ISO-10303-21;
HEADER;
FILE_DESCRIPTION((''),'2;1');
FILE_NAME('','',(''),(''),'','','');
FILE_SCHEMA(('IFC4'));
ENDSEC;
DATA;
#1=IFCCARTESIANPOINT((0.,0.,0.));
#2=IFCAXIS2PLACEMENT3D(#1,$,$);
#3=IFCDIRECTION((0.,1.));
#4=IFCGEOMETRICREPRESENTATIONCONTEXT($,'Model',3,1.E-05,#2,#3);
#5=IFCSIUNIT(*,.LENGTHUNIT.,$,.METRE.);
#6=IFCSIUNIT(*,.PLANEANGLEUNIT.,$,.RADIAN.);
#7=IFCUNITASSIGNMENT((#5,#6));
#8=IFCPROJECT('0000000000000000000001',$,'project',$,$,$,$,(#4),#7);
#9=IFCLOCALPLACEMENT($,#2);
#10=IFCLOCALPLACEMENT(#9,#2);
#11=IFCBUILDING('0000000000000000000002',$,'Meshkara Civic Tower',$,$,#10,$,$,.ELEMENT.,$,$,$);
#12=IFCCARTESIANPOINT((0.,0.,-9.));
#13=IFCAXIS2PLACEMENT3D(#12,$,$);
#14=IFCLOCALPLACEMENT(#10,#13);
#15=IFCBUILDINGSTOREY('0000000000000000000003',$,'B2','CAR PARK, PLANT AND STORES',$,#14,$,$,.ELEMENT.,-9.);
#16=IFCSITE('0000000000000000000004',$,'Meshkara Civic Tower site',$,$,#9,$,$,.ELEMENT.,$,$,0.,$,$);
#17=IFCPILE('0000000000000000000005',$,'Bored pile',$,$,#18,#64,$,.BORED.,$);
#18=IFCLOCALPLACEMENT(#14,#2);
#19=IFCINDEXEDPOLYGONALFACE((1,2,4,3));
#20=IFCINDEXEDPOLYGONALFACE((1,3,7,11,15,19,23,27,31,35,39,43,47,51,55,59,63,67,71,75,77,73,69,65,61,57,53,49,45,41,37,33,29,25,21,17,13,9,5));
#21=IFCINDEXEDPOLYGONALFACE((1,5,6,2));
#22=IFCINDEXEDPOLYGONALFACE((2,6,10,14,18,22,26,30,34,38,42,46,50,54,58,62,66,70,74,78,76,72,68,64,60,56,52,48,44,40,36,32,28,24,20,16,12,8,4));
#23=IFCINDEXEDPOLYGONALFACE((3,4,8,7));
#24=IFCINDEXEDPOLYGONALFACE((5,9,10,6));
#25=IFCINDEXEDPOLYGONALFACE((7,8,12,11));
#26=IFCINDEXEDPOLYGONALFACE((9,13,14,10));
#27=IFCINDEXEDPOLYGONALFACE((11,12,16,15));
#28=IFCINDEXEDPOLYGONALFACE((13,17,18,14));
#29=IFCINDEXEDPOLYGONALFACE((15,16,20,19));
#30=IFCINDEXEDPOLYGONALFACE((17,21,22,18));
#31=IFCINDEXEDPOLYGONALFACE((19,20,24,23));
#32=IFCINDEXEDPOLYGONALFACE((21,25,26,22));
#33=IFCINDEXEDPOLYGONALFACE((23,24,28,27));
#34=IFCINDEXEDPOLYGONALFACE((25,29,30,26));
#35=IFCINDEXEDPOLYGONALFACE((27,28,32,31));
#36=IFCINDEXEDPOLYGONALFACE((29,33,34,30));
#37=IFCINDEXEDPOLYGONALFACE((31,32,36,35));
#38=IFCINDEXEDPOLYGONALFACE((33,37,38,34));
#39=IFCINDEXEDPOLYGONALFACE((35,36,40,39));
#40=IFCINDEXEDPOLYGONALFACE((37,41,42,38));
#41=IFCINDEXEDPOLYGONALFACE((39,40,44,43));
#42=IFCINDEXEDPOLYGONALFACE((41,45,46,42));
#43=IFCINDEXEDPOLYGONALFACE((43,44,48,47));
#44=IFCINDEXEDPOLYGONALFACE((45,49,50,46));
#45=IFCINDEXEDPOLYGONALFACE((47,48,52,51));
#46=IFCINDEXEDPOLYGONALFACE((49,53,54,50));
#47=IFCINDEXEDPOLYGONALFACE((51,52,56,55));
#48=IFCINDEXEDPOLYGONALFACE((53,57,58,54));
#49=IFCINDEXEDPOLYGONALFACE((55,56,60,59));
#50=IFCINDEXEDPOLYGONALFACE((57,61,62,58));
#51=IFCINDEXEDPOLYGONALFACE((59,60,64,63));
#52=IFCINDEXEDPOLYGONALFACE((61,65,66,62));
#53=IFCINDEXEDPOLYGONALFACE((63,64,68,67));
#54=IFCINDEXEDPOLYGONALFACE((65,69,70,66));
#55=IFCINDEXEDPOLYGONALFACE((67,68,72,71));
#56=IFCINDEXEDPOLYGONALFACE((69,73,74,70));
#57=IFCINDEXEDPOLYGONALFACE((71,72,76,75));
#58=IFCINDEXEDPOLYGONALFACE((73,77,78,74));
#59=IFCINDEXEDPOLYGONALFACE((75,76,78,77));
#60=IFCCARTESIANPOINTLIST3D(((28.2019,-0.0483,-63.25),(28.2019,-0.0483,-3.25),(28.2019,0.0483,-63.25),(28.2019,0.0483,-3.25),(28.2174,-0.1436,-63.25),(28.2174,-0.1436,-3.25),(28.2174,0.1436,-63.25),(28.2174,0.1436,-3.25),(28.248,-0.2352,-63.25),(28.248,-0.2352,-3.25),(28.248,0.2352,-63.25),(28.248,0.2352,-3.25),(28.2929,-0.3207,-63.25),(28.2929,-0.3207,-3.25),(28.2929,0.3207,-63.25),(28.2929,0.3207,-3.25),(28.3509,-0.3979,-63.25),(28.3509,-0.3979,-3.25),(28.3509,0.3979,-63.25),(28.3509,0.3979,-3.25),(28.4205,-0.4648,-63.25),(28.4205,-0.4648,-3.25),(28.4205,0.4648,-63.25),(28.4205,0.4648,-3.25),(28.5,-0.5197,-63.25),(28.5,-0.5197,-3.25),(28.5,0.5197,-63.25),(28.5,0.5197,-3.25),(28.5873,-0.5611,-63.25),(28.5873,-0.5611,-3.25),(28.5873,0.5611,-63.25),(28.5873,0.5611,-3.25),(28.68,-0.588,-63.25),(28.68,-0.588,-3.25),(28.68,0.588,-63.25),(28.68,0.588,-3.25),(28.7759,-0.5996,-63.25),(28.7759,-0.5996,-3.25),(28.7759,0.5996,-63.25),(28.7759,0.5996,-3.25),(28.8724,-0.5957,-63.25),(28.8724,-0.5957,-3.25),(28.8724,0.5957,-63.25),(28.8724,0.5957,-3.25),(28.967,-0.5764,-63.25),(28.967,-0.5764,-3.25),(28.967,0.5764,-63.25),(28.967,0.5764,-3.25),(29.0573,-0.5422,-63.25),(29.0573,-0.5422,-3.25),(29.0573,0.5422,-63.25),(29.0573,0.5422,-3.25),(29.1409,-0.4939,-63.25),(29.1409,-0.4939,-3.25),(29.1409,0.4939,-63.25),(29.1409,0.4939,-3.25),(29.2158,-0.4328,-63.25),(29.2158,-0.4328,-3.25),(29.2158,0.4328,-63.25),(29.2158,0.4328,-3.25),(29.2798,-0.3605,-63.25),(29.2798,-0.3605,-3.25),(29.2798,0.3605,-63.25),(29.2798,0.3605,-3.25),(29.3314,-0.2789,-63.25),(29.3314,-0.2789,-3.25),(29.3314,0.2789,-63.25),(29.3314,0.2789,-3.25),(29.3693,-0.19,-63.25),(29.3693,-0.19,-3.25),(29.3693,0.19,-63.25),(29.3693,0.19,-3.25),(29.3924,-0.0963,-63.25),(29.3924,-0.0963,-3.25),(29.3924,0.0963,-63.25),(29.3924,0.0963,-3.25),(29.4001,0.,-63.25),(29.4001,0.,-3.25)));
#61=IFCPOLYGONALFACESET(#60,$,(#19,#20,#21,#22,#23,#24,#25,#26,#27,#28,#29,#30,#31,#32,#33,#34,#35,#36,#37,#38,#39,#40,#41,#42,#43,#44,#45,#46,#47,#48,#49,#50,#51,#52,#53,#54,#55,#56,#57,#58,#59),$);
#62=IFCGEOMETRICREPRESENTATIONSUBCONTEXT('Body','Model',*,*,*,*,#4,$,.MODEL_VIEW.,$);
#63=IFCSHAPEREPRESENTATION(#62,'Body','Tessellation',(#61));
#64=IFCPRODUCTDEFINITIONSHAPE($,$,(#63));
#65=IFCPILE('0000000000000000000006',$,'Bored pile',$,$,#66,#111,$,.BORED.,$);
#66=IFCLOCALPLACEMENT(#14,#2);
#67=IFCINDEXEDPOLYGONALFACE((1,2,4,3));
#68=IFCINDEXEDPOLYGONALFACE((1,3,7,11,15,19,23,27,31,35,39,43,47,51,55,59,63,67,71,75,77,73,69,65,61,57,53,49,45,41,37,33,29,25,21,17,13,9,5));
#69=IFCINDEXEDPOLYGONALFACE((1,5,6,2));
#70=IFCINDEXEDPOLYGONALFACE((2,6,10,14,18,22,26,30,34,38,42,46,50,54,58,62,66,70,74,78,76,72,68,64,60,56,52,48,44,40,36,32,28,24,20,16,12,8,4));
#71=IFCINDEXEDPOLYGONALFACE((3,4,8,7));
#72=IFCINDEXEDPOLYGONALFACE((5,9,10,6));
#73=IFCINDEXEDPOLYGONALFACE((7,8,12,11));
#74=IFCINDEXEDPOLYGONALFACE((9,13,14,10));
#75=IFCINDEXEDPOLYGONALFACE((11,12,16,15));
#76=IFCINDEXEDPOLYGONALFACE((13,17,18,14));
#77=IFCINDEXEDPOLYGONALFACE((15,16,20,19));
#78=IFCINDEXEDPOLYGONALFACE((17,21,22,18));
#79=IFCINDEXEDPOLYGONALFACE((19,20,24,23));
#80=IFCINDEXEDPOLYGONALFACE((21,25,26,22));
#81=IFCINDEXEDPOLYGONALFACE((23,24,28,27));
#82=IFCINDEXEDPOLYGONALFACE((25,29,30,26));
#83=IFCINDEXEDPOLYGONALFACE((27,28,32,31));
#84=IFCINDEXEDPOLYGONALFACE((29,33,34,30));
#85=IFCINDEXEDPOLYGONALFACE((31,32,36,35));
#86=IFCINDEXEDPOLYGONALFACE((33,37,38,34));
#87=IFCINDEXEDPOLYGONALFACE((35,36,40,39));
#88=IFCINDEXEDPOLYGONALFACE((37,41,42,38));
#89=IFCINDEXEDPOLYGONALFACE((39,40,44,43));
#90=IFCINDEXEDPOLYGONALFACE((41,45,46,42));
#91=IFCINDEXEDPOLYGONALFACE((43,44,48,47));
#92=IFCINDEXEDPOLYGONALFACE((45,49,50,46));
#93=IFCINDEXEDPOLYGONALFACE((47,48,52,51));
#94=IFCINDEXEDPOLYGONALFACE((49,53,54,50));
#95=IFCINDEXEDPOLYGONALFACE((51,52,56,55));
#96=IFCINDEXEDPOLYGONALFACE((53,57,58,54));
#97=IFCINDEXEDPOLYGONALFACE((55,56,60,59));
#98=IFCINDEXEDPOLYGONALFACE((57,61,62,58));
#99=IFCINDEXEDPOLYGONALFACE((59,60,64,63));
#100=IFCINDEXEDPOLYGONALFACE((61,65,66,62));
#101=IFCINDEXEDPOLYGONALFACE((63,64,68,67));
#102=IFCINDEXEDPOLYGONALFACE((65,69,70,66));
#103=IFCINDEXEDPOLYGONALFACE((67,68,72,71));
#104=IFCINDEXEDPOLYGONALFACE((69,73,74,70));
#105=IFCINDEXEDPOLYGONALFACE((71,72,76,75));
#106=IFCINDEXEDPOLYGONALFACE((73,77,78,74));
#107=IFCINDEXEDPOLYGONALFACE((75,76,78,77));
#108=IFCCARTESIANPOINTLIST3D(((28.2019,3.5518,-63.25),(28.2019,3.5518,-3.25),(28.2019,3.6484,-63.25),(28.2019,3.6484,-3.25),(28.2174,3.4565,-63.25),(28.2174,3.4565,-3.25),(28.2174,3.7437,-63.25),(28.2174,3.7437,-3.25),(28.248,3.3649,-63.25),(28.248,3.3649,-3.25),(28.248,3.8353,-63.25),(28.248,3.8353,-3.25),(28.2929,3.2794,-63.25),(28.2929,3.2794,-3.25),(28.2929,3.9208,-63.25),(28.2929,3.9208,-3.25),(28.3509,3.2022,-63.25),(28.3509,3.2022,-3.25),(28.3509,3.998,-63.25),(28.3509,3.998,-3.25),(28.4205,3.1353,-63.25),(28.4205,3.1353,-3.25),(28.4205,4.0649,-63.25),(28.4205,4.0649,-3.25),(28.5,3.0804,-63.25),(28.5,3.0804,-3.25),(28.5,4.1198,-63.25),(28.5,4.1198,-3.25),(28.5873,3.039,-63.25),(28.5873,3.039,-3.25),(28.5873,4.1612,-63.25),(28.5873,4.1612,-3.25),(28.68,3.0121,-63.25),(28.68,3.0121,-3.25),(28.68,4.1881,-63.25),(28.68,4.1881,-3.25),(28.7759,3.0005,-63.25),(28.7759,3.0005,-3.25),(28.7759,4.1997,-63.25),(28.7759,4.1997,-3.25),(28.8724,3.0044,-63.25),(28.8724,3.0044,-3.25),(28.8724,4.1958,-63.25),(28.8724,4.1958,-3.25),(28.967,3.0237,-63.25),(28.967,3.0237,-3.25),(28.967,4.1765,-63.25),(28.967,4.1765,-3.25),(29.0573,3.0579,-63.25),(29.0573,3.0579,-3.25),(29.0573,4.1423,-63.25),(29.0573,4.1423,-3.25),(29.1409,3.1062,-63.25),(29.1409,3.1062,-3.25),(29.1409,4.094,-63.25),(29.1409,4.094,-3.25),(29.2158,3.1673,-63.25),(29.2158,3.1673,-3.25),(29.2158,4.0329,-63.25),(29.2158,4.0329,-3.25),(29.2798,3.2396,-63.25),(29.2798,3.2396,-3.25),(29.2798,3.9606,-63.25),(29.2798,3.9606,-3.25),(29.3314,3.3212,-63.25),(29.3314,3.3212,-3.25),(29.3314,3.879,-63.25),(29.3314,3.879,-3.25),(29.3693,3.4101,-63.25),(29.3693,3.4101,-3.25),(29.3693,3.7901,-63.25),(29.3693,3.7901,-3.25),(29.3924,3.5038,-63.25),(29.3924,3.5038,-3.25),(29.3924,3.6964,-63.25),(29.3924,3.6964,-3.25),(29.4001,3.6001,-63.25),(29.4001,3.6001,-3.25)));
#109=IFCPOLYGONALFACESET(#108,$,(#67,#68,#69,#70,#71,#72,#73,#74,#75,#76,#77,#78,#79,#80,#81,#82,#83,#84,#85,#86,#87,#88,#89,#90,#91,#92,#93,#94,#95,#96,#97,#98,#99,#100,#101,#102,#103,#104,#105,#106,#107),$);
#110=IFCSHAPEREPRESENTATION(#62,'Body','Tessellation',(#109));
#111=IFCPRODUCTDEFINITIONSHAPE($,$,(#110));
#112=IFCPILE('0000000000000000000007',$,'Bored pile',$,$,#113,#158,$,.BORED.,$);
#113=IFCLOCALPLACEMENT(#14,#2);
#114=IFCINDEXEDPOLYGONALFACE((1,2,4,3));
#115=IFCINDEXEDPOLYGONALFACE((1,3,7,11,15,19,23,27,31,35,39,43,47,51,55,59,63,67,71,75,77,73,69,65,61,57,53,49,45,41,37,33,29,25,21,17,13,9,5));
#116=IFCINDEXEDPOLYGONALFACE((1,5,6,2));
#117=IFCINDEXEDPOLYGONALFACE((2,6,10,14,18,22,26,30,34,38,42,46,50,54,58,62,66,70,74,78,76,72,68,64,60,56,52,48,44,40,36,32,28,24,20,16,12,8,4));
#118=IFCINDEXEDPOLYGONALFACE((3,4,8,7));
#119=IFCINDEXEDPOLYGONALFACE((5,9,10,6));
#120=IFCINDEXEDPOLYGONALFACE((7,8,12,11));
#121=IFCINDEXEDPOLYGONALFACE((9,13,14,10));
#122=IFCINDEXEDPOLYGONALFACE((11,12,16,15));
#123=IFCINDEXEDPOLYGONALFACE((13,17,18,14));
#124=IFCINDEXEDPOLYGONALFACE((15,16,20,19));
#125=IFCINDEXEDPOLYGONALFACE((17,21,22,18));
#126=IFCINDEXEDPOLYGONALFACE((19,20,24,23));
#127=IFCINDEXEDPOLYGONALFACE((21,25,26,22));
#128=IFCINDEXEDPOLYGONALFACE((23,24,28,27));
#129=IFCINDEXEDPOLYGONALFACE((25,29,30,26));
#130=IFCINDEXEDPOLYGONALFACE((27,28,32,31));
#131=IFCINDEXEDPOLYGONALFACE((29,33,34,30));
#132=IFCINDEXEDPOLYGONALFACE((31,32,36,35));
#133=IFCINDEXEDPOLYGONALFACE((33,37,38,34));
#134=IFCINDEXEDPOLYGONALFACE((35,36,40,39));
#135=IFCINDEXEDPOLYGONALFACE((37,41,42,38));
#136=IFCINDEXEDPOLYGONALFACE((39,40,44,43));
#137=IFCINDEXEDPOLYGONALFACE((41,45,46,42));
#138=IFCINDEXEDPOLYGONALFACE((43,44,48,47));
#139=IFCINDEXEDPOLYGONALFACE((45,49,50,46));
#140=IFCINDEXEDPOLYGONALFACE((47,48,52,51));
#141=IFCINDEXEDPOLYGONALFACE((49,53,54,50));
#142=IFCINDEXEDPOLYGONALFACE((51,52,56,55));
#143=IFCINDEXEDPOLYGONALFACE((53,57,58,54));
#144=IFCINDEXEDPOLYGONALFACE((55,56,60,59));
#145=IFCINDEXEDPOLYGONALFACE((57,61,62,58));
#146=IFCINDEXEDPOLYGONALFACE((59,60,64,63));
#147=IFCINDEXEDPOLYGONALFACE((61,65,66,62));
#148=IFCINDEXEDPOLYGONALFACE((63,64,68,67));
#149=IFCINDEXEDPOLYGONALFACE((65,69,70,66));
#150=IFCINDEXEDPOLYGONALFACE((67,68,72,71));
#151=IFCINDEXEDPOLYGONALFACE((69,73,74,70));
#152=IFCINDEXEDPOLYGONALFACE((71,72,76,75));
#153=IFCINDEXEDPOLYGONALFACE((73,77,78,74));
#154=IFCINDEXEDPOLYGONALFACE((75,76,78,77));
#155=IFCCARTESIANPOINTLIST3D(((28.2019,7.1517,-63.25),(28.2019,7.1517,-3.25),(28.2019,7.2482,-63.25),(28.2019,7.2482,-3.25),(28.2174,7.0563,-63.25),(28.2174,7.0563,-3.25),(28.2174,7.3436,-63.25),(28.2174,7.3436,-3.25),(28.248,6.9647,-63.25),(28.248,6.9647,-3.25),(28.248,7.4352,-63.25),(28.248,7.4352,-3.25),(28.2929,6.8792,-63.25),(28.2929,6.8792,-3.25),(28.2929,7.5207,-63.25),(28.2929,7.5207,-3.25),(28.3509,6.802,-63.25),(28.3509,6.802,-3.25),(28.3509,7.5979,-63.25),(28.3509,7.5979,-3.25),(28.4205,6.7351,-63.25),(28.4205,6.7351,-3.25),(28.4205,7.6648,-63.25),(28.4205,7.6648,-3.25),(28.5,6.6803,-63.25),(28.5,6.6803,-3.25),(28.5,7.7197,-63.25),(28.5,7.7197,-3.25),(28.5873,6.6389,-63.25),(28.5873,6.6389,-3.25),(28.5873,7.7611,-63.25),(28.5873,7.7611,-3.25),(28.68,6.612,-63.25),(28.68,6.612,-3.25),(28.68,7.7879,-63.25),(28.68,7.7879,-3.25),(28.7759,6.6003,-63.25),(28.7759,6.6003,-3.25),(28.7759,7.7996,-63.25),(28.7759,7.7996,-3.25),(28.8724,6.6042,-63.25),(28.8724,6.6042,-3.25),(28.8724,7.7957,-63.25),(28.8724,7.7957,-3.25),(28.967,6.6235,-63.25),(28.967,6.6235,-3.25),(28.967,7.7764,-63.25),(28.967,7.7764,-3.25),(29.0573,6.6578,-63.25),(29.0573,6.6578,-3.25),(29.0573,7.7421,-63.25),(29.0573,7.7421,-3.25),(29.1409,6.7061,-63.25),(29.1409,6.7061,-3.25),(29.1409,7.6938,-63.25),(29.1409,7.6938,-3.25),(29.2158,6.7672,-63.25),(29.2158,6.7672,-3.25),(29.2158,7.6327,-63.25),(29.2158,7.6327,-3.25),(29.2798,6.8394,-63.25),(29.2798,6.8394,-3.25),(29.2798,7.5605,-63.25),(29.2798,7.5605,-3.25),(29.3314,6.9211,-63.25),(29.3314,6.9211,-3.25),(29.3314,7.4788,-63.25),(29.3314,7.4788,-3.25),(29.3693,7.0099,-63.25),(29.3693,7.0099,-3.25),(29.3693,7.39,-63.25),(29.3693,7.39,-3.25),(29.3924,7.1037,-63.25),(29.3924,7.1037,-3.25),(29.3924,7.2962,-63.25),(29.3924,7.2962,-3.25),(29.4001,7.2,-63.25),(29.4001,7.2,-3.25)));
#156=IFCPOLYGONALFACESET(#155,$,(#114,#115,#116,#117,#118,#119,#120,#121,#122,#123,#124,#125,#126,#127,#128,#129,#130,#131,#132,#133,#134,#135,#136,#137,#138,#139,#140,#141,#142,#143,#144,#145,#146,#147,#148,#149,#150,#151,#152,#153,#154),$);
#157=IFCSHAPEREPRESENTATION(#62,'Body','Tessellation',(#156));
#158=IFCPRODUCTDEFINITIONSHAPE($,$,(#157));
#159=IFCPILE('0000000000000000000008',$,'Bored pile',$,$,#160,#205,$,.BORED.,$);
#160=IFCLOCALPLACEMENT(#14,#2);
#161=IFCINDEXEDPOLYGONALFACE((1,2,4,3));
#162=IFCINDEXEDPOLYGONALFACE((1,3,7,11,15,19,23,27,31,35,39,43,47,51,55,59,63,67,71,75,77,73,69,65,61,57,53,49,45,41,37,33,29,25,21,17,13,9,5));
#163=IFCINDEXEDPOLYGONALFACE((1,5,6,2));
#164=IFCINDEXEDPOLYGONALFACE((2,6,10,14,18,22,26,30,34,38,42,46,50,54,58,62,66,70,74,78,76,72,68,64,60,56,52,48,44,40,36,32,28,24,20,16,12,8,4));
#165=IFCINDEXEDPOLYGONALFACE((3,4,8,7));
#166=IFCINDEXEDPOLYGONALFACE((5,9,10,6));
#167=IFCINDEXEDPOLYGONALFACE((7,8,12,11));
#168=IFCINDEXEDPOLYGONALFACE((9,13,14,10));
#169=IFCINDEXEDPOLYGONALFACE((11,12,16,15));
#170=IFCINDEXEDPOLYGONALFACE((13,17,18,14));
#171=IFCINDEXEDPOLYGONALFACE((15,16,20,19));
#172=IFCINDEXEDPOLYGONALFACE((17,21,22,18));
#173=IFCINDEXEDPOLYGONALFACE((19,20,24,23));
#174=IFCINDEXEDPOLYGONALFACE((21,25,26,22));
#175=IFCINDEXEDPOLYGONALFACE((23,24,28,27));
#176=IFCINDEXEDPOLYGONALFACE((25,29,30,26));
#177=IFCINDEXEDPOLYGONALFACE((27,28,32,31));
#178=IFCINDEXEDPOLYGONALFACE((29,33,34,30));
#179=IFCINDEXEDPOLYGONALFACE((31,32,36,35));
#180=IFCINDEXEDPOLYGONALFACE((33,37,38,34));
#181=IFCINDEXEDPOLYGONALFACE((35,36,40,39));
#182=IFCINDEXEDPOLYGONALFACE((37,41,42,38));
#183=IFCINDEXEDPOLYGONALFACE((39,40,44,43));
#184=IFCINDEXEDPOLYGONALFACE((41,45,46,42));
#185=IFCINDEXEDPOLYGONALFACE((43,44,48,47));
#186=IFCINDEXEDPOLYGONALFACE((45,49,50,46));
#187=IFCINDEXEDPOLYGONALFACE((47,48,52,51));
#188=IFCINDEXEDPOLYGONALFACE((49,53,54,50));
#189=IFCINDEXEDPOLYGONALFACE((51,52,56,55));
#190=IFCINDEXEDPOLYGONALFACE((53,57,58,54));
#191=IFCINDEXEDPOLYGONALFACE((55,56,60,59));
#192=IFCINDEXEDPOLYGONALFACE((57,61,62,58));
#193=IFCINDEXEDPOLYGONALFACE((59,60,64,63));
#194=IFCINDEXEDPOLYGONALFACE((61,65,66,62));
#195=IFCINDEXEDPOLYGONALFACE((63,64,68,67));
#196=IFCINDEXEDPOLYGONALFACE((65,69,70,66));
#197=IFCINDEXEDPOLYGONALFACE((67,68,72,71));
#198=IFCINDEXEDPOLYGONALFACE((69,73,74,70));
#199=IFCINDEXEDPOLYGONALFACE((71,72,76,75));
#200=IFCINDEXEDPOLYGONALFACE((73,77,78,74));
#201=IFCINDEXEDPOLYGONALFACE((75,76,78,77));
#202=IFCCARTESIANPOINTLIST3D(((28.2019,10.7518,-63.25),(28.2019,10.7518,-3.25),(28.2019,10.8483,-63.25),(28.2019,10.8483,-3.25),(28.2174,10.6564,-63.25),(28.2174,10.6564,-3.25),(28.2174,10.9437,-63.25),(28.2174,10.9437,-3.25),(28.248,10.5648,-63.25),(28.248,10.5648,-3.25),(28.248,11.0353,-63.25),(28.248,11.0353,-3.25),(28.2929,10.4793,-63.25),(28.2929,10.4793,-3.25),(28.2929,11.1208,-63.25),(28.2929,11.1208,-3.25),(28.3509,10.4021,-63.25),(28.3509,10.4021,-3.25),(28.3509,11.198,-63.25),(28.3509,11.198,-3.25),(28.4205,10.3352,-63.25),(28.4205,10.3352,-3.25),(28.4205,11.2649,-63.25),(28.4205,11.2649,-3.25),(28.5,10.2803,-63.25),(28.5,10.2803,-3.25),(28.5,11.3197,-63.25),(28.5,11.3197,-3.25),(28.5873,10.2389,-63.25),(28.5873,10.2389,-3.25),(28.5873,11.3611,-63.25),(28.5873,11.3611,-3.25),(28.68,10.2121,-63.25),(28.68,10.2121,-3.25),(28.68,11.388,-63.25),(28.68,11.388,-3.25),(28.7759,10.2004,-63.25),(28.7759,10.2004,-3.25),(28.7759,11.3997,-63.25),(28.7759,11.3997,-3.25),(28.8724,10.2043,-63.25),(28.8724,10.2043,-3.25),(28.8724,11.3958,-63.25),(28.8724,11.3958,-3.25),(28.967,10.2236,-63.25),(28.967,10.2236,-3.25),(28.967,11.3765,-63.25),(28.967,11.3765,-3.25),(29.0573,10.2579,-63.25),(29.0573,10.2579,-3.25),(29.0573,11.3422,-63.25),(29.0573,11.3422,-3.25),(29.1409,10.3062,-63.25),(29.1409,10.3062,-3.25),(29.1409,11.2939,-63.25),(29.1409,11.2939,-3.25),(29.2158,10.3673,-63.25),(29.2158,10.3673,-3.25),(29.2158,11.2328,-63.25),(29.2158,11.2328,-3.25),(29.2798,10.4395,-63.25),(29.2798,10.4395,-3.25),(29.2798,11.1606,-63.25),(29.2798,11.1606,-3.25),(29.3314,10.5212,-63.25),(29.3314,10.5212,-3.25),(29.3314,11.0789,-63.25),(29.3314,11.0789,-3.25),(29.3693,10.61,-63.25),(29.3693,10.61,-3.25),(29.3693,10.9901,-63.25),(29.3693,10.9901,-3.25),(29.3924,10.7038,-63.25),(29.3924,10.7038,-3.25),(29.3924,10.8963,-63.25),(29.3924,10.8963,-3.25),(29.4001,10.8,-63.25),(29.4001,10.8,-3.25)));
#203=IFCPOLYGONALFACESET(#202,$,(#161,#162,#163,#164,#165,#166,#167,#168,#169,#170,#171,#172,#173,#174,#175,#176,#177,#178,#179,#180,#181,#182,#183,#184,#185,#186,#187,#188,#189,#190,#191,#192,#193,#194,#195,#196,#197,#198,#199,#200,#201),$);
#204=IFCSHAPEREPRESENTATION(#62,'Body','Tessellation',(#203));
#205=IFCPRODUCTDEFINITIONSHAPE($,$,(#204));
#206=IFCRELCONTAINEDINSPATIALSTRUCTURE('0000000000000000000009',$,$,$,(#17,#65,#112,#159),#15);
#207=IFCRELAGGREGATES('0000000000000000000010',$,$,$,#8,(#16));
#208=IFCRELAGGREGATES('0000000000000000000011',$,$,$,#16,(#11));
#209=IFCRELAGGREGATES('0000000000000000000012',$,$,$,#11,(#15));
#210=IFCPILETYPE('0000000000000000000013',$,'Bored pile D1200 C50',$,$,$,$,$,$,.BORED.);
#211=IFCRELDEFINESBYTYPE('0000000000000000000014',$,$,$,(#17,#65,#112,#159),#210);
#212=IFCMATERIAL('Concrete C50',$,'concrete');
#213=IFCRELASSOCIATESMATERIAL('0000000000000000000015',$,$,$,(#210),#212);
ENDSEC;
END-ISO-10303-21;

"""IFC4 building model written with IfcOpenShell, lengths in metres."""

from ifc_helpers import new_model, si_unit, direction, frame, origin, origin_2d, place, context, subcontext, project, spatial, circle, extrude, material, material_profile, profile_set, type_object, element, save


model = new_model("IFC4")

# Units and contexts
model_context = context("Model", 3, precision=1e-05, world=origin(), true_north=direction((0.0, 1.0)))
body_context = subcontext(model_context, "Body", "Model", "MODEL_VIEW")
ifc_project = project(units=[si_unit("LENGTHUNIT", "METRE"), si_unit("PLANEANGLEUNIT", "RADIAN")], contexts=[model_context])

# Site, building, storey
site_placement = place(None, origin())
site = spatial("IfcSite", under=ifc_project, at=site_placement, Name="Meshkara Civic Tower site", CompositionType="ELEMENT", RefElevation=0.0)
building_placement = place(site_placement, origin())
building = spatial("IfcBuilding", under=site, at=building_placement, Name="Meshkara Civic Tower", CompositionType="ELEMENT")
storey_placement = place(building_placement, frame((0.0, 0.0, -9.0)))
storey = spatial("IfcBuildingStorey", under=building, at=storey_placement, Name="B2", Description="CAR PARK, PLANT AND STORES", CompositionType="ELEMENT", Elevation=-9.0)

# Piles
ifc_material_1 = material(Name="Concrete C50", Category="concrete")
ifc_material_profile_1 = material_profile(ifc_material_1, circle(Radius=0.6001, at=origin_2d()))
ifc_profile_set_1 = profile_set([ifc_material_profile_1], Name="Concrete C50")
pile_type = type_object("IfcPileType", Name="Bored pile D1200 C50", PredefinedType="BORED", material=ifc_profile_set_1)
for number, where, z_axis, x_axis, name in (
    (1, (28.8, 0.0, -3.25), (0.0, 0.0, -1.0), (1.0, 0.0, 0.0), "Bored pile"),
    (2, (28.8, 3.6001, -3.25), (0.0, 0.0, -1.0), (1.0, 0.0, 0.0), "Bored pile"),
    (3, (28.8, 7.2, -3.25), (0.0, 0.0, -1.0), (1.0, 0.0, 0.0), "Bored pile"),
    (4, (28.8, 10.8, -3.25), (0.0, 0.0, -1.0), (1.0, 0.0, 0.0), "Bored pile"),
):
    element("IfcPile", number, at=place(storey_placement, frame(where, z_axis=z_axis, x_axis=x_axis)), inside=storey, type_object=pile_type, Name=name, PredefinedType="BORED", context=body_context, shape_type="SweptSolid", body=[
        extrude(circle(Radius=0.6001, at=origin_2d()), origin(), (0.0, 0.0, 1.0), 60.0),
    ])

save(model, "model.ifc")
